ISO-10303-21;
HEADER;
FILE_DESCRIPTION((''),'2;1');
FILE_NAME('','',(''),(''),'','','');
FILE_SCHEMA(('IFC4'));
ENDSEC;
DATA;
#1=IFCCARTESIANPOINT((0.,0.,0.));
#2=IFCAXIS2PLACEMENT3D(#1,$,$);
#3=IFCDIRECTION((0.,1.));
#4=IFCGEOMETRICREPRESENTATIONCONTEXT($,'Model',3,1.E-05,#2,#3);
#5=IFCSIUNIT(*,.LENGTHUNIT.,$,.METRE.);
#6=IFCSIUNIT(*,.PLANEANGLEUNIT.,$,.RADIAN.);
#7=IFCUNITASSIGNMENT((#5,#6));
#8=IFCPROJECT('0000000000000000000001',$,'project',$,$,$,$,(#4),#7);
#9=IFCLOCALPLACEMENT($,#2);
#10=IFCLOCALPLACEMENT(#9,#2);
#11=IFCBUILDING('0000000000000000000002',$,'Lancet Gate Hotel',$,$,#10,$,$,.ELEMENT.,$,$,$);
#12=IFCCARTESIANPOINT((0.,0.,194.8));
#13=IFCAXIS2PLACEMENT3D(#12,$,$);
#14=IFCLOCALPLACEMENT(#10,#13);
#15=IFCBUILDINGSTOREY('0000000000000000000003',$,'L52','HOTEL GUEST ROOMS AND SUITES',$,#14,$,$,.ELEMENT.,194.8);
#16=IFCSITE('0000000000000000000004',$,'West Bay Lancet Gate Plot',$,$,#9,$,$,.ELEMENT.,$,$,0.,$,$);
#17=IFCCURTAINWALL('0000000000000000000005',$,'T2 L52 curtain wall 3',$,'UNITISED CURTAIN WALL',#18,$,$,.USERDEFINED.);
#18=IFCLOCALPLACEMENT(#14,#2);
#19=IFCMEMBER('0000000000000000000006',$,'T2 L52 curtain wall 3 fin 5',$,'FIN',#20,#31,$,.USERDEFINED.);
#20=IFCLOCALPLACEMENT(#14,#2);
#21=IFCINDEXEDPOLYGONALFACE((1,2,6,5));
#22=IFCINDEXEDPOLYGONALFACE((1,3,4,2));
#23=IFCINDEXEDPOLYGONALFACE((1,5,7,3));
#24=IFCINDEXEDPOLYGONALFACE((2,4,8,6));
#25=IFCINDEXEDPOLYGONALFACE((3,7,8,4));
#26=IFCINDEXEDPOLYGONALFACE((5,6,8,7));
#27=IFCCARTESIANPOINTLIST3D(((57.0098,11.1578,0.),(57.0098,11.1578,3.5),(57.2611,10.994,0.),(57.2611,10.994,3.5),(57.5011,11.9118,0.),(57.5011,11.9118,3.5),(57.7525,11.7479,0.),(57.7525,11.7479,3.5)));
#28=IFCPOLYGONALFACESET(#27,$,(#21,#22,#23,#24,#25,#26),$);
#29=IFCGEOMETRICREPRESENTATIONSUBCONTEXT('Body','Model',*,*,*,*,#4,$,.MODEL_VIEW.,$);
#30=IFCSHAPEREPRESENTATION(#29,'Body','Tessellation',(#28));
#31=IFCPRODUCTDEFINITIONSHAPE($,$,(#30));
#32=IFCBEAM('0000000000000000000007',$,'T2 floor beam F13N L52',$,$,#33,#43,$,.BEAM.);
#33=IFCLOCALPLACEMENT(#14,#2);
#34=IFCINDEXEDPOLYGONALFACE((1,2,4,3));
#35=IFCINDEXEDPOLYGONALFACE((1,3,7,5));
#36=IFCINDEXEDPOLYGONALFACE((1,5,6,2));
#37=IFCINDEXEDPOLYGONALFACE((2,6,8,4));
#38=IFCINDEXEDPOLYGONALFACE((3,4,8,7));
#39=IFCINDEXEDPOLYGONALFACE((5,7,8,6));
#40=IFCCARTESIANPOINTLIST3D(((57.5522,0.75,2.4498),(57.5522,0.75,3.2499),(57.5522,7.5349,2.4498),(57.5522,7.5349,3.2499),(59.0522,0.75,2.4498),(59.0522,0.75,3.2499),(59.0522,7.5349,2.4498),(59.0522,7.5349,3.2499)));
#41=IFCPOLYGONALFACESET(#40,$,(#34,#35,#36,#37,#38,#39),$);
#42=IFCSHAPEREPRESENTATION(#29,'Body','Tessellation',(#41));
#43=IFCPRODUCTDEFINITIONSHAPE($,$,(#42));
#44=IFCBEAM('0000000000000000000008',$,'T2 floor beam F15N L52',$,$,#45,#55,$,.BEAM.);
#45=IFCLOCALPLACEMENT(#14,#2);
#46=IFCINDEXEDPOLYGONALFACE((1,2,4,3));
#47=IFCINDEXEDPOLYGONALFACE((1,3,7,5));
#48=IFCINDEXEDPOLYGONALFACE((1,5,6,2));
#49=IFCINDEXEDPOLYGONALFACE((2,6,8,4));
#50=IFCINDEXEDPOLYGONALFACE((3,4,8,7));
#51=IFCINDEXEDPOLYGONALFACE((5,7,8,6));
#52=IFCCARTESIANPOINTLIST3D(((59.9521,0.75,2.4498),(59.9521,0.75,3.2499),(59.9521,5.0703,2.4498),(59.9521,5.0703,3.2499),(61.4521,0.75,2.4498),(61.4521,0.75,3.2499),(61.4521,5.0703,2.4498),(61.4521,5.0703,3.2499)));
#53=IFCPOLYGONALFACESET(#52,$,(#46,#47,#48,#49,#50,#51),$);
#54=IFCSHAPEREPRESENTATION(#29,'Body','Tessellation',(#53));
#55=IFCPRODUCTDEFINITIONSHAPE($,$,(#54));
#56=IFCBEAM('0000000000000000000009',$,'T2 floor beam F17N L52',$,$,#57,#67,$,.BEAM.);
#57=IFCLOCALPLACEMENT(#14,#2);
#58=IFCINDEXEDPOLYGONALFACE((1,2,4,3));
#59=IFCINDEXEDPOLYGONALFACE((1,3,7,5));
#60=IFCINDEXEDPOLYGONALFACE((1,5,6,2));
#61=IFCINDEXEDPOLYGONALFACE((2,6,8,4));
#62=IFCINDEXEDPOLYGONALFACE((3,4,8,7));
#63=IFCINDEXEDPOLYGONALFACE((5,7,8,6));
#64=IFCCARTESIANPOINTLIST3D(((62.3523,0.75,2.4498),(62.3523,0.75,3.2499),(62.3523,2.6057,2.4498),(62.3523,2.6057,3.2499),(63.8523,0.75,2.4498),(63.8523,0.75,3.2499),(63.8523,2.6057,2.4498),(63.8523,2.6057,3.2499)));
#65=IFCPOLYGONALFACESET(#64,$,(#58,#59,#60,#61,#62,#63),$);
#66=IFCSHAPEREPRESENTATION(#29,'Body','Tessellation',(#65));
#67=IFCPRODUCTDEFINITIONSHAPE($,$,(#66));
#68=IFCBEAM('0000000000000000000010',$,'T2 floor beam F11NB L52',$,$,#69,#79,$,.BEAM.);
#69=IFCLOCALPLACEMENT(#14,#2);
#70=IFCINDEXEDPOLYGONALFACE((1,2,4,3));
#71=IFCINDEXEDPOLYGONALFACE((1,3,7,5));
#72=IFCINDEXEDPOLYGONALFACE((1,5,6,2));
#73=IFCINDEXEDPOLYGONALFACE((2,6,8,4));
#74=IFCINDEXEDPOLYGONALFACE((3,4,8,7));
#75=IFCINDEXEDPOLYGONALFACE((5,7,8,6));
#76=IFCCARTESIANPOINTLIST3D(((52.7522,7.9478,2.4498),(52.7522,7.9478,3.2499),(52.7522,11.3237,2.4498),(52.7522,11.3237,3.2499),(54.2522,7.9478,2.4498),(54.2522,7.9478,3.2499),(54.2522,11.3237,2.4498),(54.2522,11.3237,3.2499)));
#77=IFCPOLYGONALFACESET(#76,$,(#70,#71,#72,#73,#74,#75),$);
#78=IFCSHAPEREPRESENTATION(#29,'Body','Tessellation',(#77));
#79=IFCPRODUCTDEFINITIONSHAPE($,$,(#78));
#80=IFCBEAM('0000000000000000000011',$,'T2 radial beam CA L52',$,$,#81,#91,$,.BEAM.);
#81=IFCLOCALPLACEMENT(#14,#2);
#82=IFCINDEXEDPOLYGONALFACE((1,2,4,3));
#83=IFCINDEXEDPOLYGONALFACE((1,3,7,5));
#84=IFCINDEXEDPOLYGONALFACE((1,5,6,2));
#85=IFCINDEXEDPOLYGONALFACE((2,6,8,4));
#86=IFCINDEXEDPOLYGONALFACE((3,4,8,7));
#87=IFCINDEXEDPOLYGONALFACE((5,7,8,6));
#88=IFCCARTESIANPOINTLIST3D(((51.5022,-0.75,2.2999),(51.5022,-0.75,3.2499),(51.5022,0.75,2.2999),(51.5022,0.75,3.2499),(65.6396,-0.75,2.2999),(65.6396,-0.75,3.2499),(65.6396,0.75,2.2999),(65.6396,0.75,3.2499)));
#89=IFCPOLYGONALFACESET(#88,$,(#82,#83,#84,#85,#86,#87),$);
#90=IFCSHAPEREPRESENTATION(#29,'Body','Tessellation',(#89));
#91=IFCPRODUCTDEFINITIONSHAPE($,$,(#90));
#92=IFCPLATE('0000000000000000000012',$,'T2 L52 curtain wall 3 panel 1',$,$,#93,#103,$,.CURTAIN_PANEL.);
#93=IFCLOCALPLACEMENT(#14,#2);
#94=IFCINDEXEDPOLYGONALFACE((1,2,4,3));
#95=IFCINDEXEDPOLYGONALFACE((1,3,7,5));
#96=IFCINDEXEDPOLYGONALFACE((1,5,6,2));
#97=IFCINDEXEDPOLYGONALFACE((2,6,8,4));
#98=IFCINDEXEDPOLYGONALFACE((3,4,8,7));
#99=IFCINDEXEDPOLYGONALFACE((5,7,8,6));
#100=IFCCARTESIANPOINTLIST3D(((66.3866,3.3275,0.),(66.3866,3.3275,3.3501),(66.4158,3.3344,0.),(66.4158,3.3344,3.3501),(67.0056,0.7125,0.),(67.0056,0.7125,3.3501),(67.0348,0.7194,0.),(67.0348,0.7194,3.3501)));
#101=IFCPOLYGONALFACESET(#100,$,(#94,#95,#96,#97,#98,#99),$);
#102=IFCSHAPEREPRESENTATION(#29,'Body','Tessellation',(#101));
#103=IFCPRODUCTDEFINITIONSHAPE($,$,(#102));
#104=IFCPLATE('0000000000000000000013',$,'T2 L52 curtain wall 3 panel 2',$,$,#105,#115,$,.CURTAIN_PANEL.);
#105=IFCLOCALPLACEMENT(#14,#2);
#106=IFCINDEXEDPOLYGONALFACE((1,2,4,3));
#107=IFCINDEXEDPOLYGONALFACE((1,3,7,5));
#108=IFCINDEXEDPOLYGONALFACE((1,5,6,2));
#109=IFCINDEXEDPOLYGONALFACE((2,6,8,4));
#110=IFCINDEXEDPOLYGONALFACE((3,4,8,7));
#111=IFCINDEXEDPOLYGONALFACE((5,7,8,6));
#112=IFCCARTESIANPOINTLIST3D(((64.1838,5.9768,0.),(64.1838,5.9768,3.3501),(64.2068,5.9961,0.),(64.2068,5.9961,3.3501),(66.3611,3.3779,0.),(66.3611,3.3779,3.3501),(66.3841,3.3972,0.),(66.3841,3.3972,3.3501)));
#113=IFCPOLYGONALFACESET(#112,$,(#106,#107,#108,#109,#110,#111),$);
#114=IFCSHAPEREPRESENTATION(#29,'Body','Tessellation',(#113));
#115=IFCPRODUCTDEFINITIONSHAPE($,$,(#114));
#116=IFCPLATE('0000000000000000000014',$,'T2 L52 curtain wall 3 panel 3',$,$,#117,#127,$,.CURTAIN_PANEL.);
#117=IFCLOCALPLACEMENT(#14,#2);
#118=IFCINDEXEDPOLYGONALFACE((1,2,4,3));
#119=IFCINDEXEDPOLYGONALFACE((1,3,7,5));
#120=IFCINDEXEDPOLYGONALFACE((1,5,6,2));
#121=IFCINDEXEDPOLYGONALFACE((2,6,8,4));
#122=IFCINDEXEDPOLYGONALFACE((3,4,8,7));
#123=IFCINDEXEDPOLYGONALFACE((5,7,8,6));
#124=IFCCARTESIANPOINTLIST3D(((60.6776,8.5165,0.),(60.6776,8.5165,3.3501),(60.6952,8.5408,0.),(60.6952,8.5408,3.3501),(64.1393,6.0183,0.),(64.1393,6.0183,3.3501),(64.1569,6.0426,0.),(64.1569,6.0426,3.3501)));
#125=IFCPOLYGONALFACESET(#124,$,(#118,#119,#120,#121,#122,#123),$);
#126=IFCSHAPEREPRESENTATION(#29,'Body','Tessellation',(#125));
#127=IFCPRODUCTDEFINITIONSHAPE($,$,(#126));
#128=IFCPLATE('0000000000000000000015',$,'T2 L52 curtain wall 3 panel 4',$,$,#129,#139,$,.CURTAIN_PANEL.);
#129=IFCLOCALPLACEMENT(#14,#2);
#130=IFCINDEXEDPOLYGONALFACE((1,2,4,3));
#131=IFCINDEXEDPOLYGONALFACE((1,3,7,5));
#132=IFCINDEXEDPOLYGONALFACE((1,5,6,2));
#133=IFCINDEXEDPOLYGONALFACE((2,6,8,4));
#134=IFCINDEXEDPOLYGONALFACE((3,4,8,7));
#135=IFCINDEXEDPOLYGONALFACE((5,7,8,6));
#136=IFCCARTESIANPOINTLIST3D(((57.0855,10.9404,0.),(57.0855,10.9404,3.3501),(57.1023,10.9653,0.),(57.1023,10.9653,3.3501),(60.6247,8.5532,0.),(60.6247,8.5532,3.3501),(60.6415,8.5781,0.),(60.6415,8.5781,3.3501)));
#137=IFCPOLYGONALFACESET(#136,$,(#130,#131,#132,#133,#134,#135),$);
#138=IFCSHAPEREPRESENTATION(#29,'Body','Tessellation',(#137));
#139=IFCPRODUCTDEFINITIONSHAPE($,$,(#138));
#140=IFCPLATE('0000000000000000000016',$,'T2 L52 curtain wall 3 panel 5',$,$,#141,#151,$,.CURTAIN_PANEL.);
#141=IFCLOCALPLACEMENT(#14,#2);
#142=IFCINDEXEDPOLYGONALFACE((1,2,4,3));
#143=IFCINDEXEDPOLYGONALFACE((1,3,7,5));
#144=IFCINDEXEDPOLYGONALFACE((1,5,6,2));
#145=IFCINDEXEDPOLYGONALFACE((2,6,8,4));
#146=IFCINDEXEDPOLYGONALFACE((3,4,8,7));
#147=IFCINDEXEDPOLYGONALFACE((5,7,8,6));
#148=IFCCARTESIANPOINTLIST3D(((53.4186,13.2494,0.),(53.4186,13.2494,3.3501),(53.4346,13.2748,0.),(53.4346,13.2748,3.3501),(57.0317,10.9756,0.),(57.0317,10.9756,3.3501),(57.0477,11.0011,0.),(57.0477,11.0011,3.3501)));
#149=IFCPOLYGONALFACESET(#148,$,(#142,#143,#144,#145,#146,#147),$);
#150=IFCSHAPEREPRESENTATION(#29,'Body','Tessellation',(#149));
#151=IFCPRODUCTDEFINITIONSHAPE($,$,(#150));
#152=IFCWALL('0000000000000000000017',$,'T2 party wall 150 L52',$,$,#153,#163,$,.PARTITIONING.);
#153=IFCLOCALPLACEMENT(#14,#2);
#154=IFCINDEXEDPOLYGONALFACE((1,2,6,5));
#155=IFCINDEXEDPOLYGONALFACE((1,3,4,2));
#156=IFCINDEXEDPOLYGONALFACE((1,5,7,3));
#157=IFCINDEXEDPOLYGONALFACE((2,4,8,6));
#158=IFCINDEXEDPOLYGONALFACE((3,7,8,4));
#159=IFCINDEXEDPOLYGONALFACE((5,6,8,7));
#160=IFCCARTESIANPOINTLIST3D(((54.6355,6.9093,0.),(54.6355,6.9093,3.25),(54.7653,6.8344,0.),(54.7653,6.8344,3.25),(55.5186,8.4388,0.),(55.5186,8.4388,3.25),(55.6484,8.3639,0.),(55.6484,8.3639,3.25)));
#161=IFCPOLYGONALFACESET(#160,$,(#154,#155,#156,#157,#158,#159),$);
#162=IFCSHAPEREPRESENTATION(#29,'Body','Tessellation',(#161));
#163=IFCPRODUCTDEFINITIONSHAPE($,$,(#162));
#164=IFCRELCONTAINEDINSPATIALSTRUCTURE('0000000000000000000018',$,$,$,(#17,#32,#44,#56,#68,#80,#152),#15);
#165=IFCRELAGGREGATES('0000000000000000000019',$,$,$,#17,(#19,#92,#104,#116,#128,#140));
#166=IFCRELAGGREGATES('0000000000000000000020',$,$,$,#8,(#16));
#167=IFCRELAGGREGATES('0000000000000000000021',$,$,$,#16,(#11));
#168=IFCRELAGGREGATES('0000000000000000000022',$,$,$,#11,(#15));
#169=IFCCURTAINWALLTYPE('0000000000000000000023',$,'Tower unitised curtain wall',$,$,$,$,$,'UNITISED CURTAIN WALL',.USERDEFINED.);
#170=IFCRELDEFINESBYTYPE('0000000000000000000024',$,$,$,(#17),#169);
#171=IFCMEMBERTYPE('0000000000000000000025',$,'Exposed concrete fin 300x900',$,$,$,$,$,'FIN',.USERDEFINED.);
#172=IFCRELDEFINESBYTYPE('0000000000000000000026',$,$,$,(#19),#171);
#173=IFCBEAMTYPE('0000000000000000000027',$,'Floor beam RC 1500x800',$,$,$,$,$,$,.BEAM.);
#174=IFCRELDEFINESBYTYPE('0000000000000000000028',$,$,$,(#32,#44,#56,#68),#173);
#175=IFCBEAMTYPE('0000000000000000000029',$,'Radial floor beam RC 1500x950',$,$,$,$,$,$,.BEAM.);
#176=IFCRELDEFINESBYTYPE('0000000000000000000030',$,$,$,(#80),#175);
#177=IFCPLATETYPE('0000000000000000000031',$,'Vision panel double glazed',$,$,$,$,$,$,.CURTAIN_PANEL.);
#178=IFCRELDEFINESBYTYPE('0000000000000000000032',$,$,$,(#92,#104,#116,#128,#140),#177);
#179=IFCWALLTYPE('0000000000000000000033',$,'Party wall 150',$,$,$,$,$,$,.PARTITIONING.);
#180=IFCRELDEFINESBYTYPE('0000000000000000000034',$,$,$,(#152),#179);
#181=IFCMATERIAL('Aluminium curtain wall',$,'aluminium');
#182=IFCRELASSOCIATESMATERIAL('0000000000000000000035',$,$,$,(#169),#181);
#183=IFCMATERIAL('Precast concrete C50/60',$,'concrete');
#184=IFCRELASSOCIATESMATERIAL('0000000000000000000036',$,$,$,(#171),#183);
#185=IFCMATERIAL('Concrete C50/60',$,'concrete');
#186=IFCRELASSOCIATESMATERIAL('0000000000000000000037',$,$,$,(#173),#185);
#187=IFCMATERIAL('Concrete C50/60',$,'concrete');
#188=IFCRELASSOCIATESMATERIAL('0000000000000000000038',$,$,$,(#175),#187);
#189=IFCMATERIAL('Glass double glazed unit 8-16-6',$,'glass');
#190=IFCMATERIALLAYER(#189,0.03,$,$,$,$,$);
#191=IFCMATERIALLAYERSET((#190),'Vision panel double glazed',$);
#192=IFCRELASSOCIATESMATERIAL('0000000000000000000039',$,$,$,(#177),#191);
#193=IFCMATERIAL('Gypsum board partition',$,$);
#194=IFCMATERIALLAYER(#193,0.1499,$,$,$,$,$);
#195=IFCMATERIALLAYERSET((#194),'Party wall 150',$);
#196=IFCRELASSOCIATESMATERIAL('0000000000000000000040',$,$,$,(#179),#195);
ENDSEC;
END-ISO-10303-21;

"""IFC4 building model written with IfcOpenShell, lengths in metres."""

from ifc_helpers import new_model, si_unit, direction, frame, frame_2d, origin, origin_2d, place, context, subcontext, project, spatial, rectangle, extrude, material, layer, layer_set, material_profile, profile_set, type_object, element, aggregate, save


model = new_model("IFC4")

# Units and contexts
model_context = context("Model", 3, precision=1e-05, world=origin(), true_north=direction((0.0, 1.0)))
body_context = subcontext(model_context, "Body", "Model", "MODEL_VIEW")
ifc_project = project(units=[si_unit("LENGTHUNIT", "METRE"), si_unit("PLANEANGLEUNIT", "RADIAN")], contexts=[model_context])

# Site, building, storey
site_placement = place(None, origin())
site = spatial("IfcSite", under=ifc_project, at=site_placement, Name="West Bay Lancet Gate Plot", CompositionType="ELEMENT", RefElevation=0.0)
building_placement = place(site_placement, origin())
building = spatial("IfcBuilding", under=site, at=building_placement, Name="Lancet Gate Hotel", CompositionType="ELEMENT")
storey_placement = place(building_placement, frame((0.0, 0.0, 194.8)))
storey = spatial("IfcBuildingStorey", under=building, at=storey_placement, Name="L52", Description="HOTEL GUEST ROOMS AND SUITES", CompositionType="ELEMENT", Elevation=194.8)

# Curtain wall
ifc_material_1 = material(Name="Aluminium curtain wall", Category="aluminium")
curtain_wall_type = type_object("IfcCurtainWallType", Name="Tower unitised curtain wall", ElementType="UNITISED CURTAIN WALL", PredefinedType="USERDEFINED", material=ifc_material_1)
curtain_wall_placement = place(storey_placement, origin())
curtain_wall = element("IfcCurtainWall", 1, at=curtain_wall_placement, inside=storey, type_object=curtain_wall_type, Name="T2 L52 curtain wall 3", ObjectType="UNITISED CURTAIN WALL", PredefinedType="USERDEFINED")

# Member
ifc_material_2 = material(Name="Precast concrete C50/60", Category="concrete")
ifc_material_profile_1 = material_profile(ifc_material_2, rectangle(XDim=0.3, YDim=0.8999, at=origin_2d()), Name="FIN 300x900")
ifc_profile_set_1 = profile_set([ifc_material_profile_1], Name="Precast concrete C50/60")
member_type_1 = type_object("IfcMemberType", Name="Exposed concrete fin 300x900", ElementType="FIN", PredefinedType="USERDEFINED", material=ifc_profile_set_1)
member_1_placement = place(storey_placement, frame((57.3811, 11.4529, 0.0), z_axis=(0.0, 0.0, 1.0), x_axis=(-0.837801, 0.545976, 0.0)))
member_1 = element("IfcMember", 2, at=member_1_placement, type_object=member_type_1, Name="T2 L52 curtain wall 3 fin 5", ObjectType="FIN", PredefinedType="USERDEFINED", context=body_context, shape_type="SweptSolid", body=[
    extrude(rectangle(XDim=0.3, YDim=0.8999, at=origin_2d()), origin(), (0.0, 0.0, 1.0), 3.5),
])

# Beams
ifc_material_3 = material(Name="Concrete C50/60", Category="concrete")
ifc_material_profile_2 = material_profile(ifc_material_3, rectangle(XDim=1.5, YDim=0.8, at=origin_2d()), Name="RC 1500x800")
ifc_profile_set_2 = profile_set([ifc_material_profile_2], Name="Concrete C50/60")
beam_type_1 = type_object("IfcBeamType", Name="Floor beam RC 1500x800", PredefinedType="BEAM", material=ifc_profile_set_2)
beam_1_placement = place(storey_placement, frame((58.3022, 0.75, 2.8499), z_axis=(0.0, 1.0, 0.0), x_axis=(-1.0, 0.0, 0.0)))
element("IfcBeam", 3, at=beam_1_placement, inside=storey, type_object=beam_type_1, Name="T2 floor beam F13N L52", PredefinedType="BEAM", context=body_context, shape_type="SweptSolid", body=[
    extrude(rectangle(XDim=1.5, YDim=0.8, at=origin_2d()), origin(), (0.0, 0.0, 1.0), 6.7849),
])
beam_2_placement = place(storey_placement, frame((60.7021, 0.75, 2.8499), z_axis=(0.0, 1.0, 0.0), x_axis=(-1.0, 0.0, 0.0)))
element("IfcBeam", 4, at=beam_2_placement, inside=storey, type_object=beam_type_1, Name="T2 floor beam F15N L52", PredefinedType="BEAM", context=body_context, shape_type="SweptSolid", body=[
    extrude(rectangle(XDim=1.5, YDim=0.8, at=origin_2d()), origin(), (0.0, 0.0, 1.0), 4.3203),
])
beam_3_placement = place(storey_placement, frame((63.1023, 0.75, 2.8499), z_axis=(0.0, 1.0, 0.0), x_axis=(-1.0, 0.0, 0.0)))
element("IfcBeam", 5, at=beam_3_placement, inside=storey, type_object=beam_type_1, Name="T2 floor beam F17N L52", PredefinedType="BEAM", context=body_context, shape_type="SweptSolid", body=[
    extrude(rectangle(XDim=1.5, YDim=0.8, at=origin_2d()), origin(), (0.0, 0.0, 1.0), 1.8557),
])
beam_4_placement = place(storey_placement, frame((53.5022, 7.9478, 2.8499), z_axis=(0.0, 1.0, 0.0), x_axis=(-1.0, 0.0, 0.0)))
element("IfcBeam", 6, at=beam_4_placement, inside=storey, type_object=beam_type_1, Name="T2 floor beam F11NB L52", PredefinedType="BEAM", context=body_context, shape_type="SweptSolid", body=[
    extrude(rectangle(XDim=1.5, YDim=0.8, at=origin_2d()), origin(), (0.0, 0.0, 1.0), 3.376),
])
ifc_material_4 = material(Name="Concrete C50/60", Category="concrete")
ifc_material_profile_3 = material_profile(ifc_material_4, rectangle(XDim=1.5, YDim=0.95, at=origin_2d()), Name="RC 1500x950")
ifc_profile_set_3 = profile_set([ifc_material_profile_3], Name="Concrete C50/60")
beam_type_2 = type_object("IfcBeamType", Name="Radial floor beam RC 1500x950", PredefinedType="BEAM", material=ifc_profile_set_3)
beam_5_placement = place(storey_placement, frame((65.6396, 0.0, 2.7749), z_axis=(-1.0, 0.0, 0.0), x_axis=(0.0, -1.0, 0.0)))
element("IfcBeam", 7, at=beam_5_placement, inside=storey, type_object=beam_type_2, Name="T2 radial beam CA L52", PredefinedType="BEAM", context=body_context, shape_type="SweptSolid", body=[
    extrude(rectangle(XDim=1.5, YDim=0.95, at=origin_2d()), origin(), (0.0, 0.0, 1.0), 14.1375),
])

# Plates
ifc_material_5 = material(Name="Glass double glazed unit 8-16-6", Category="glass")
ifc_layer_1 = layer(ifc_material_5, 0.03)
ifc_layer_set_1 = layer_set([ifc_layer_1], Name="Vision panel double glazed")
plate_type = type_object("IfcPlateType", Name="Vision panel double glazed", PredefinedType="CURTAIN_PANEL", material=ifc_layer_set_1)
plate_1_placement = place(storey_placement, frame((66.7107, 2.0234, 0.0), z_axis=(0.0, 0.0, 1.0), x_axis=(-0.230367, 0.973104, 0.0)))
plate_1 = element("IfcPlate", 8, at=plate_1_placement, type_object=plate_type, Name="T2 L52 curtain wall 3 panel 1", PredefinedType="CURTAIN_PANEL", context=body_context, shape_type="SweptSolid", body=[
    extrude(rectangle(XDim=2.6873, YDim=0.03, at=origin_2d()), origin(), (0.0, 0.0, 1.0), 3.3501),
])
plate_2_placement = place(storey_placement, frame((65.2839, 4.687, 0.0), z_axis=(0.0, 0.0, 1.0), x_axis=(-0.642199, 0.766538, 0.0)))
plate_2 = element("IfcPlate", 9, at=plate_2_placement, type_object=plate_type, Name="T2 L52 curtain wall 3 panel 2", PredefinedType="CURTAIN_PANEL", context=body_context, shape_type="SweptSolid", body=[
    extrude(rectangle(XDim=3.3904, YDim=0.03, at=origin_2d()), origin(), (0.0, 0.0, 1.0), 3.3501),
])
plate_3_placement = place(storey_placement, frame((62.4172, 7.2795, 0.0), z_axis=(0.0, 0.0, 1.0), x_axis=(-0.810891, 0.585197, 0.0)))
plate_3 = element("IfcPlate", 10, at=plate_3_placement, type_object=plate_type, Name="T2 L52 curtain wall 3 panel 3", PredefinedType="CURTAIN_PANEL", context=body_context, shape_type="SweptSolid", body=[
    extrude(rectangle(XDim=4.269, YDim=0.03, at=origin_2d()), origin(), (0.0, 0.0, 1.0), 3.3501),
])
plate_4_placement = place(storey_placement, frame((58.8635, 9.7593, 0.0), z_axis=(0.0, 0.0, 1.0), x_axis=(-0.829039, 0.559191, 0.0)))
plate_4 = element("IfcPlate", 11, at=plate_4_placement, type_object=plate_type, Name="T2 L52 curtain wall 3 panel 4", PredefinedType="CURTAIN_PANEL", context=body_context, shape_type="SweptSolid", body=[
    extrude(rectangle(XDim=4.269, YDim=0.03, at=origin_2d()), origin(), (0.0, 0.0, 1.0), 3.3501),
])
plate_5_placement = place(storey_placement, frame((55.2332, 12.1252, 0.0), z_axis=(0.0, 0.0, 1.0), x_axis=(-0.846352, 0.532623, 0.0)))
plate_5 = element("IfcPlate", 12, at=plate_5_placement, type_object=plate_type, Name="T2 L52 curtain wall 3 panel 5", PredefinedType="CURTAIN_PANEL", context=body_context, shape_type="SweptSolid", body=[
    extrude(rectangle(XDim=4.269, YDim=0.03, at=origin_2d()), origin(), (0.0, 0.0, 1.0), 3.3501),
])
aggregate(curtain_wall, [member_1, plate_1, plate_2, plate_3, plate_4, plate_5])

# Wall
ifc_material_6 = material(Name="Gypsum board partition")
ifc_layer_2 = layer(ifc_material_6, 0.1499)
ifc_layer_set_2 = layer_set([ifc_layer_2], Name="Party wall 150")
wall_type = type_object("IfcWallType", Name="Party wall 150", PredefinedType="PARTITIONING", material=ifc_layer_set_2)
wall_placement = place(storey_placement, frame((54.7004, 6.8718, 0.0), z_axis=(0.0, 0.0, 1.0), x_axis=(0.49999, 0.866031, 0.0)))
element("IfcWall", 13, at=wall_placement, inside=storey, type_object=wall_type, Name="T2 party wall 150 L52", PredefinedType="PARTITIONING", context=body_context, shape_type="SweptSolid", body=[
    extrude(rectangle(XDim=1.7661, YDim=0.1499, at=frame_2d((0.8831, 0.0))), origin(), (0.0, 0.0, 1.0), 3.25),
])

save(model, "model.ifc")
